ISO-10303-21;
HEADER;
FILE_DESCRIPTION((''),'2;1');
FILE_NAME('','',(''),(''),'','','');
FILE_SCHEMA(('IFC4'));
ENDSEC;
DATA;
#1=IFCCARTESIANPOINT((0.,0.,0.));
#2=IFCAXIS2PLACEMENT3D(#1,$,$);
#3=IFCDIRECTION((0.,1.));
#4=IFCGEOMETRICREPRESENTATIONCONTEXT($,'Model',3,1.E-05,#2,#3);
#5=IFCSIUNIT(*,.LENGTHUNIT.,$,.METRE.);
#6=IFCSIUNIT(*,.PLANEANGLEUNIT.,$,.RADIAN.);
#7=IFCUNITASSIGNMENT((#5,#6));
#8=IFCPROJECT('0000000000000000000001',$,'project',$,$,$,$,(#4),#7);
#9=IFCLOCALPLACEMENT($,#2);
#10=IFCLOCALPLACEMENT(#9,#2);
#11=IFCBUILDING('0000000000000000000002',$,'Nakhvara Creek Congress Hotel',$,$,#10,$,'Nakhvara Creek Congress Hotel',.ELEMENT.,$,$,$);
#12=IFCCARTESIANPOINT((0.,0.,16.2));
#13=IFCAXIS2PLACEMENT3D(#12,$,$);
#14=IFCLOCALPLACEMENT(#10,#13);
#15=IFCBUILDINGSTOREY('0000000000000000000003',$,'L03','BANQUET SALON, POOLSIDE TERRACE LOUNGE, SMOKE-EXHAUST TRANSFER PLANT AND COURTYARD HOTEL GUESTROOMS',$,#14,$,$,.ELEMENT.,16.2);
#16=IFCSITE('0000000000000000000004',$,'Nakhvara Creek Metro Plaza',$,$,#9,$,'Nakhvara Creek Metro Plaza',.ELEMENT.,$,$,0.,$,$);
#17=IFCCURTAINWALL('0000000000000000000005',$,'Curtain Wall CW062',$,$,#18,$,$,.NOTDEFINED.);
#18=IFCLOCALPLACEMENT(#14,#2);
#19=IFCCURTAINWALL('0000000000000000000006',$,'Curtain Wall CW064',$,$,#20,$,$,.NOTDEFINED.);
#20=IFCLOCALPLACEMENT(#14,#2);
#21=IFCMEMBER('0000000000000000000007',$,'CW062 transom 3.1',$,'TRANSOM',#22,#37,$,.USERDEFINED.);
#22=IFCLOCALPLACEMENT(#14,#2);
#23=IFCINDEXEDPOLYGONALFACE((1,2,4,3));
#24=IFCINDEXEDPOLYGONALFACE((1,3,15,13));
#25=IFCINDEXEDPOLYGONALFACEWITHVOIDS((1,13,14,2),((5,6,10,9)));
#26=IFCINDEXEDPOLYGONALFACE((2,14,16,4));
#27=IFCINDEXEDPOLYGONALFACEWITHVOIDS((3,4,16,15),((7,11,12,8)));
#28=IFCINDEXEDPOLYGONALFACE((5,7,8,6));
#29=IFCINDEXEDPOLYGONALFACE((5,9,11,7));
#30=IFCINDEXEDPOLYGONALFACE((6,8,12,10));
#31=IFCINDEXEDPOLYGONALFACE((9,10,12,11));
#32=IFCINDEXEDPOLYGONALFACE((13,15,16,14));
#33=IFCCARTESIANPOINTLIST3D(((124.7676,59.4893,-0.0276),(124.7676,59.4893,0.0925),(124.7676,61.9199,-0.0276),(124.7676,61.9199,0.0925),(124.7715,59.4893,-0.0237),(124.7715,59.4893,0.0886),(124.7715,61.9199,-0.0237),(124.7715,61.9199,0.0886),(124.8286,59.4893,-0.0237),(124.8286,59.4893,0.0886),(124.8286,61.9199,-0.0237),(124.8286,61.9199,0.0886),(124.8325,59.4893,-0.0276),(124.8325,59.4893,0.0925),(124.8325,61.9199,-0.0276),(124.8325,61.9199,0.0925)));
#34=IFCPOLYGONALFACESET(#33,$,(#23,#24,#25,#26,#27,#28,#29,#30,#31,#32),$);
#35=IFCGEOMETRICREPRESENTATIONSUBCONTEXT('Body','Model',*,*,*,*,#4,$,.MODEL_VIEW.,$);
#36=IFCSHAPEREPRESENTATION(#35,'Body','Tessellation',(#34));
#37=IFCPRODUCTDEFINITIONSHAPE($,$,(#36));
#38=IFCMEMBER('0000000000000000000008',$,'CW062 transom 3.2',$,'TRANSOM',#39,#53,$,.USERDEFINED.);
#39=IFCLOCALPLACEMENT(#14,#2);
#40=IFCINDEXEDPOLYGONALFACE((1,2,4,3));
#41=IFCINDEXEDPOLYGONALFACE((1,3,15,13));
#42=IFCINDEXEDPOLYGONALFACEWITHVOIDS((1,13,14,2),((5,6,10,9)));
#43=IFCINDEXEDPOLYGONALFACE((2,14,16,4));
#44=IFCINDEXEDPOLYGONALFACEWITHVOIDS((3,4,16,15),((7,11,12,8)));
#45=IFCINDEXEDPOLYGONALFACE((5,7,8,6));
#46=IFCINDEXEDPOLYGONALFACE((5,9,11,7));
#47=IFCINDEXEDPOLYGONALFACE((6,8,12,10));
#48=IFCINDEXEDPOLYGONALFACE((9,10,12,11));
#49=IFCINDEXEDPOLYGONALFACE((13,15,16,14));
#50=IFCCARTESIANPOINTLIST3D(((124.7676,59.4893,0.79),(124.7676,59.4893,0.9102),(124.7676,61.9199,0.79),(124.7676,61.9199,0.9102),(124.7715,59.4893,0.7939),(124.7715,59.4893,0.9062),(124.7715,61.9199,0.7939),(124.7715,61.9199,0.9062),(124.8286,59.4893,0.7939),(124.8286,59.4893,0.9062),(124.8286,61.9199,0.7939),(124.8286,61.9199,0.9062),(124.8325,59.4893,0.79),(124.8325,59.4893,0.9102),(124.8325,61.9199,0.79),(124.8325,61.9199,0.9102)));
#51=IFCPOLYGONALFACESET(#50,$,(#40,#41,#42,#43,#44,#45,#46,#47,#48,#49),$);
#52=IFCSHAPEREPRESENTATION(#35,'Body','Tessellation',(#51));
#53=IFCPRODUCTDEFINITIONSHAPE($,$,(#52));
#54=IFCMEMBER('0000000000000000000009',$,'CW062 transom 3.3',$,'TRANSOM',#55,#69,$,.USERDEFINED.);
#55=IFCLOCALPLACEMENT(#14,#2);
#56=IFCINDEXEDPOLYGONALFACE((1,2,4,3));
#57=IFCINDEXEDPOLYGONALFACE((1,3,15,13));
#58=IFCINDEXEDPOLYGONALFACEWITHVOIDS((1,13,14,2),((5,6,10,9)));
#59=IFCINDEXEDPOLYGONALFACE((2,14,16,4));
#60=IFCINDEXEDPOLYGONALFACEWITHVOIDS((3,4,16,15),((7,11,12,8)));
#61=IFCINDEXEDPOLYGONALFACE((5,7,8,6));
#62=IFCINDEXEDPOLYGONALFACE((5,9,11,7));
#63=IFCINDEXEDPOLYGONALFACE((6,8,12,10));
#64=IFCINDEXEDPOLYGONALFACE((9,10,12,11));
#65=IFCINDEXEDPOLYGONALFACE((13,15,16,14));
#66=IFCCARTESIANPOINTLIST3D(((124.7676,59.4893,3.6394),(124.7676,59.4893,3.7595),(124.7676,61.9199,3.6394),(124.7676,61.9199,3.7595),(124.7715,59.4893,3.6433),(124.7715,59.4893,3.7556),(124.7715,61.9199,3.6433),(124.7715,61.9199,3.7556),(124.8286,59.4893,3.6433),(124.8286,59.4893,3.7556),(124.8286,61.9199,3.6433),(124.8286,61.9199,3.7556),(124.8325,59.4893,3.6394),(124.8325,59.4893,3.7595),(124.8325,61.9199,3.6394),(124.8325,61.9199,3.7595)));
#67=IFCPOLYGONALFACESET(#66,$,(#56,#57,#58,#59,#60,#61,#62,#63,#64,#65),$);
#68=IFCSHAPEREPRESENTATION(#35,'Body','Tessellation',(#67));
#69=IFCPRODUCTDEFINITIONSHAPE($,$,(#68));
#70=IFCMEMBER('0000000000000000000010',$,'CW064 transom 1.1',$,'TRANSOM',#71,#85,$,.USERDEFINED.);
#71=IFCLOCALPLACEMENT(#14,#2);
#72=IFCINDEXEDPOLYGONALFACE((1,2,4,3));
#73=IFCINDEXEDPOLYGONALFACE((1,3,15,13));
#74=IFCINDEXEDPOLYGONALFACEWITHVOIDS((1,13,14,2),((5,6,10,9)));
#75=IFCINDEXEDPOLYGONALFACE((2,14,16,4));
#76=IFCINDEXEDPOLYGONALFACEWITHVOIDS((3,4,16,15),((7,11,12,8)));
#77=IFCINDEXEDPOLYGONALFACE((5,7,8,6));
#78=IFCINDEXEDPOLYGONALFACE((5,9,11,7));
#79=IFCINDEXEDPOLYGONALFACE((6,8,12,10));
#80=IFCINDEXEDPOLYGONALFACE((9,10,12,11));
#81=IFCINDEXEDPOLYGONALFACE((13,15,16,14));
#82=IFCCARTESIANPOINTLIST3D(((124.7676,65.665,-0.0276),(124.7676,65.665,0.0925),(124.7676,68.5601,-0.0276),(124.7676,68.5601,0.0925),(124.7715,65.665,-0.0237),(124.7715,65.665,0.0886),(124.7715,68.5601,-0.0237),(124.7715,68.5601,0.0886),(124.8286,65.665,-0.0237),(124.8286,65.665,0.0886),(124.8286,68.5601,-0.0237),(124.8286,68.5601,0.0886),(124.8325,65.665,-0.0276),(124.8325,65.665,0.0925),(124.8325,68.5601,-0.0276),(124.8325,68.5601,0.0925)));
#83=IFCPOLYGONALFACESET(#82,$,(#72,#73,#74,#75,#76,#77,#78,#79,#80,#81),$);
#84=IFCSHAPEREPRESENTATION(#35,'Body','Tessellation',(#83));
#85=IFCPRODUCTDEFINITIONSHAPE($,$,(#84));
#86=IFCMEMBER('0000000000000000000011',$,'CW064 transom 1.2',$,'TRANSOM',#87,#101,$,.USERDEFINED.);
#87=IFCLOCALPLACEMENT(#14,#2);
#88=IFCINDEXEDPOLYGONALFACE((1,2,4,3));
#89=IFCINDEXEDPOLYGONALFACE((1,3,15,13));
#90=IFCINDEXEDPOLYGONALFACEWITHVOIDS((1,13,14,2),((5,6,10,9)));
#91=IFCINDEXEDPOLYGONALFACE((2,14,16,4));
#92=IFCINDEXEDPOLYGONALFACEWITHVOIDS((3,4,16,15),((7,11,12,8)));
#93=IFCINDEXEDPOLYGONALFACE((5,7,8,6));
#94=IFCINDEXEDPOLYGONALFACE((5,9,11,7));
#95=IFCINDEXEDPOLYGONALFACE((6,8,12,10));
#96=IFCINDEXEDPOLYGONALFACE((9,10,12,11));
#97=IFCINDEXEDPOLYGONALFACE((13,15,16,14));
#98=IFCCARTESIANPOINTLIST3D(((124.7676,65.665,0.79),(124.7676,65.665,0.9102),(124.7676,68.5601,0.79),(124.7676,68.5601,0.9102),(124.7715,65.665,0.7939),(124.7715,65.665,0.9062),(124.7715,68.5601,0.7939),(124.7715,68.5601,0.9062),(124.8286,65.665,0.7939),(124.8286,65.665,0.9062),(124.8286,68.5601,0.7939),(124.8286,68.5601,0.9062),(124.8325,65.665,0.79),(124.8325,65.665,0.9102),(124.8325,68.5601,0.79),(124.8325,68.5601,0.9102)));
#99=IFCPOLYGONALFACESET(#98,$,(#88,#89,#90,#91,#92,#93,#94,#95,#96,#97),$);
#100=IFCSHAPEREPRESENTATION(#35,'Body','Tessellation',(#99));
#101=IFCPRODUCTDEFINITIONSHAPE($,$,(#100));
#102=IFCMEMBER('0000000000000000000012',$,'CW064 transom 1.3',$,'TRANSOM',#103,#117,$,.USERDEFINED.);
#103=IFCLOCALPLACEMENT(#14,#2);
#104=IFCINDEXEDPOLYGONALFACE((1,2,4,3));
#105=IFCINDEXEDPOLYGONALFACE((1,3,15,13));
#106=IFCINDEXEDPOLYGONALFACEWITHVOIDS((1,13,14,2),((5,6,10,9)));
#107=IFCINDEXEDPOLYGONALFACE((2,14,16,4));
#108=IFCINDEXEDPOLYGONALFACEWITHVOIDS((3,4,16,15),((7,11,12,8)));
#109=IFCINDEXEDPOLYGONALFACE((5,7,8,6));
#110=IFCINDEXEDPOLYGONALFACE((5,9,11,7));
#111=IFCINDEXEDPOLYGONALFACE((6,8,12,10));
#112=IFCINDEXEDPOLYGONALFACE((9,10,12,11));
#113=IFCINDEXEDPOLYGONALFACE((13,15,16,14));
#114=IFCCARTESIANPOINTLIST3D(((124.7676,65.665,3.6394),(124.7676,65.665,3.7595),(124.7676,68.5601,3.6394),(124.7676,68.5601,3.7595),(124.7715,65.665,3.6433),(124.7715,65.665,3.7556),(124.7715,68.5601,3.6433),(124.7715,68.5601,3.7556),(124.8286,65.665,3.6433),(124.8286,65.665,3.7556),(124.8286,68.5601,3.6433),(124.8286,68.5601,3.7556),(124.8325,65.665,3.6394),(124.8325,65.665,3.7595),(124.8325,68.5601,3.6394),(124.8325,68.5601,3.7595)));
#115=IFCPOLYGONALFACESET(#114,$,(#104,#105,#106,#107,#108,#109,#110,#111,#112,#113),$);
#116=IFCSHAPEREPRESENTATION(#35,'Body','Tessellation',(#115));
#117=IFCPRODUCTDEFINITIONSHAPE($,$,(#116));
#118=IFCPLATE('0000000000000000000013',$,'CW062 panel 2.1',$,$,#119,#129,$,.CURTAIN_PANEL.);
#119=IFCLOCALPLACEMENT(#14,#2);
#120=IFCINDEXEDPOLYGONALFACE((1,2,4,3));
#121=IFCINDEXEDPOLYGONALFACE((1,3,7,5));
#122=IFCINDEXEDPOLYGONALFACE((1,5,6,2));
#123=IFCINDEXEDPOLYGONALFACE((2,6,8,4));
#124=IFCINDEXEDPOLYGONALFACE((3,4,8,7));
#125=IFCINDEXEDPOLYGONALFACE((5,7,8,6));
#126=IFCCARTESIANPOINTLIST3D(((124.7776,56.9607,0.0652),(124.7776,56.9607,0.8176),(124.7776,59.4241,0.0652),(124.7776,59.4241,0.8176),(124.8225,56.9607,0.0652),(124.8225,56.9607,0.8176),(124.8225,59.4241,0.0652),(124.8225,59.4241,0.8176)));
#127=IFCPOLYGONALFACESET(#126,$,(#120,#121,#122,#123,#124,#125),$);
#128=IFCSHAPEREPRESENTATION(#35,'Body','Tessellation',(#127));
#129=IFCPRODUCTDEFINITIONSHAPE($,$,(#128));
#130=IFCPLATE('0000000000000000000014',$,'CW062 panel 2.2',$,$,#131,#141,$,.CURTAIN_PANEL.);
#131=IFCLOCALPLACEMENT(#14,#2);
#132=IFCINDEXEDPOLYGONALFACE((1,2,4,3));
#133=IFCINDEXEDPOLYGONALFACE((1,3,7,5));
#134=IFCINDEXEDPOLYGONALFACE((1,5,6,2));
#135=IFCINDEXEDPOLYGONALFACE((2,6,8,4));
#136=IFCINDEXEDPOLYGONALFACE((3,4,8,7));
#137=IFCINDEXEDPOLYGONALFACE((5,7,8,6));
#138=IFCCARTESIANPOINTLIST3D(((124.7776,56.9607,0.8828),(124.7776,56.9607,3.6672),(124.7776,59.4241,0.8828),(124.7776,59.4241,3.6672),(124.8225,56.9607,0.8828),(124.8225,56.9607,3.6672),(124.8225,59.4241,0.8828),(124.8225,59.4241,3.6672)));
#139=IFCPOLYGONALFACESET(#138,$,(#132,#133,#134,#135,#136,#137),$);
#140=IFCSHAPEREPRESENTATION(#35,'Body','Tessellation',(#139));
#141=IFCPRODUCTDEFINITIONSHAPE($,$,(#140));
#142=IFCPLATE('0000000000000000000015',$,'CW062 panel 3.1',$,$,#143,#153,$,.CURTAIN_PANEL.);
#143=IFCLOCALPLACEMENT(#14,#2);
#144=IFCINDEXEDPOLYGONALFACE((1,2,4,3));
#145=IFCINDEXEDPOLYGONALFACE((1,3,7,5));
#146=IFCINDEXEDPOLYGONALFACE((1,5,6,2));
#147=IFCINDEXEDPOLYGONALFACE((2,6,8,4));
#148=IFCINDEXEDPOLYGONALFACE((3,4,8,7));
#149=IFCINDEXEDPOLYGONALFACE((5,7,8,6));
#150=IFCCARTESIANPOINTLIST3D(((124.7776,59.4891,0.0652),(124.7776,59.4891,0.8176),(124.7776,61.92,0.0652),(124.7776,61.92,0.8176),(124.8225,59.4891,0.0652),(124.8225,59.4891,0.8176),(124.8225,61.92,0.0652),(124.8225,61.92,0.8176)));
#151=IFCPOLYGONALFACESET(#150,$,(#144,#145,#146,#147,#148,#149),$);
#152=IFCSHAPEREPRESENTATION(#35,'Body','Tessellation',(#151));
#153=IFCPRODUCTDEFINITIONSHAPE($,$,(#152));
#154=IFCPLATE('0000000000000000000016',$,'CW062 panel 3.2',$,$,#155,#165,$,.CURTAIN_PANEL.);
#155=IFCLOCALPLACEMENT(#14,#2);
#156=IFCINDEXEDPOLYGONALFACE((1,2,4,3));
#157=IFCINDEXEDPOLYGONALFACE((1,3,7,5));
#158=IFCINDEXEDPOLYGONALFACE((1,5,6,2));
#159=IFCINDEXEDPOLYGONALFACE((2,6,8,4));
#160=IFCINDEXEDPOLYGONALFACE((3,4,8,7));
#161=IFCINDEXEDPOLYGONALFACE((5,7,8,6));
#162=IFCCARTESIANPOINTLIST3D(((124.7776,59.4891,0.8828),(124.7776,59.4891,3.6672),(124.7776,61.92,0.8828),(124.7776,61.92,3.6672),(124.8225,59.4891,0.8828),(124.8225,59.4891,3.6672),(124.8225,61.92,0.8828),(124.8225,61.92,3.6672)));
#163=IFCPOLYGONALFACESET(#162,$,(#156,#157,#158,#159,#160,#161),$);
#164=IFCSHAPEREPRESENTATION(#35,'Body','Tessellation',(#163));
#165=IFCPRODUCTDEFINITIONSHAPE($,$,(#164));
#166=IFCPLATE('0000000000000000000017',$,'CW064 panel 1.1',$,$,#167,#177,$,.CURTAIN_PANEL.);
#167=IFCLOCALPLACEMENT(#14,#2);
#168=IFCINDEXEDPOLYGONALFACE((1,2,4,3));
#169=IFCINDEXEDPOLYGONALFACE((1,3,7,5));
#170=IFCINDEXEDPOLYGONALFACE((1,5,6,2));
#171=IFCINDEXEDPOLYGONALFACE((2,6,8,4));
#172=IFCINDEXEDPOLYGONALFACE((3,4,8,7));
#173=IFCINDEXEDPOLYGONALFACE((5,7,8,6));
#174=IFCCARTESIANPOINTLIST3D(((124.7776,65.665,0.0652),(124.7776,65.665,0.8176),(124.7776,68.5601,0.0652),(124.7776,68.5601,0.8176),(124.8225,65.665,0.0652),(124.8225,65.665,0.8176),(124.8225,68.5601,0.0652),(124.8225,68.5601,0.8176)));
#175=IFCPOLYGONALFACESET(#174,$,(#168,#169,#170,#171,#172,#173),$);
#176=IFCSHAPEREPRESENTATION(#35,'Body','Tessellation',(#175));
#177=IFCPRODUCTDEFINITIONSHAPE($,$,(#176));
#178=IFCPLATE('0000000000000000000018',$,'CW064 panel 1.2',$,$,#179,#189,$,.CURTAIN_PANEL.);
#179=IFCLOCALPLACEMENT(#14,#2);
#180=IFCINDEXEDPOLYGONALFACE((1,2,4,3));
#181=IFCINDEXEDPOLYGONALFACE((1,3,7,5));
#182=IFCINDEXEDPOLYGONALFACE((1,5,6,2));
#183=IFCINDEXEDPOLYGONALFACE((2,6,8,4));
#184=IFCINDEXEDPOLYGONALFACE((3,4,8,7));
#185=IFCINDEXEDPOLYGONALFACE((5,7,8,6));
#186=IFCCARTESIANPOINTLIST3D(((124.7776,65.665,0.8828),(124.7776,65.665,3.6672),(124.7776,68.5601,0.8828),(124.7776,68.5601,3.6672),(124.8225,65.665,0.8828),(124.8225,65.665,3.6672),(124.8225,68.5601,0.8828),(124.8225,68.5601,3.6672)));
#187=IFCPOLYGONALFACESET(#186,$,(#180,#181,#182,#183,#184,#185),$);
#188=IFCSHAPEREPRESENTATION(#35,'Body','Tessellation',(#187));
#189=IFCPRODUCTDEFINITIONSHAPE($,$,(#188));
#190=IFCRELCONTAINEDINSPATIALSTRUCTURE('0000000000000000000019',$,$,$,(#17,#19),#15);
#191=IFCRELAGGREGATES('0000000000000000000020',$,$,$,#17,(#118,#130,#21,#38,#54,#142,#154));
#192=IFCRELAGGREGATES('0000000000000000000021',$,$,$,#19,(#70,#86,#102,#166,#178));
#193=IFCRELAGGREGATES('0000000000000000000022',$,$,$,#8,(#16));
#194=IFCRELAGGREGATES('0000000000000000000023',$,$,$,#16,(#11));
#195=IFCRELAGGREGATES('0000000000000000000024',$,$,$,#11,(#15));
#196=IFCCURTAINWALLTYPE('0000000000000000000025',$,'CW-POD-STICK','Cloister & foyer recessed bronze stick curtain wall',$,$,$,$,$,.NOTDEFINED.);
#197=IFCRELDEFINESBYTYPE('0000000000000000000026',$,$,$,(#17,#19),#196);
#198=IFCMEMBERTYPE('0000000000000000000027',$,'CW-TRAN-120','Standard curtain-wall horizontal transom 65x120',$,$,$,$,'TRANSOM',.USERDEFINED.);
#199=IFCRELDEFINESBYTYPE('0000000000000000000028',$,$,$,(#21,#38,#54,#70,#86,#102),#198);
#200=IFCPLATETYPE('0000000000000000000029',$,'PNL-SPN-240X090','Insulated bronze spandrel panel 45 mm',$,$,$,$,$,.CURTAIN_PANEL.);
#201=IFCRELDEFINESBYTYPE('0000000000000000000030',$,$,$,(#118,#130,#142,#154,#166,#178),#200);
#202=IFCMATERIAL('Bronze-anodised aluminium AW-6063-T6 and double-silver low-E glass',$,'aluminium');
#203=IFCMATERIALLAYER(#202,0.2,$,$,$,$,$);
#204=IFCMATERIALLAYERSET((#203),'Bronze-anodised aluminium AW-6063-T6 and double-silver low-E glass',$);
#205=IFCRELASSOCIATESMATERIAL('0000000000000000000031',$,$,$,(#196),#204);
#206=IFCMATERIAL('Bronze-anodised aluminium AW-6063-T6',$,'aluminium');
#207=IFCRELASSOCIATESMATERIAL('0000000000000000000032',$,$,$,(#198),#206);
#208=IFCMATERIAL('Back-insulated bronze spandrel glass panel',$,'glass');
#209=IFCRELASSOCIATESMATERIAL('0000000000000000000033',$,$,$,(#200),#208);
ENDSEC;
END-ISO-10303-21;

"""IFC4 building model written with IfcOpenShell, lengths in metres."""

from ifc_helpers import new_model, si_unit, direction, frame, origin, origin_2d, place, context, subcontext, project, spatial, rectangle, hollow_rectangle, extrude, material, layer, layer_set, material_profile, profile_set, type_object, element, aggregate, save


model = new_model("IFC4")

# Units and contexts
model_context = context("Model", 3, precision=1e-05, world=origin(), true_north=direction((0.0, 1.0)))
body_context = subcontext(model_context, "Body", "Model", "MODEL_VIEW")
ifc_project = project(units=[si_unit("LENGTHUNIT", "METRE"), si_unit("PLANEANGLEUNIT", "RADIAN")], contexts=[model_context])

# Site, building, storey
site_placement = place(None, origin())
site = spatial("IfcSite", under=ifc_project, at=site_placement, Name="Nakhvara Creek Metro Plaza", LongName="Nakhvara Creek Metro Plaza", CompositionType="ELEMENT", RefElevation=0.0)
building_placement = place(site_placement, origin())
building = spatial("IfcBuilding", under=site, at=building_placement, Name="Nakhvara Creek Congress Hotel", LongName="Nakhvara Creek Congress Hotel", CompositionType="ELEMENT")
storey_placement = place(building_placement, frame((0.0, 0.0, 16.2)))
storey = spatial("IfcBuildingStorey", under=building, at=storey_placement, Name="L03", Description="BANQUET SALON, POOLSIDE TERRACE LOUNGE, SMOKE-EXHAUST TRANSFER PLANT AND COURTYARD HOTEL GUESTROOMS", CompositionType="ELEMENT", Elevation=16.2)

# Curtain wall
ifc_material_1 = material(Name="Bronze-anodised aluminium AW-6063-T6 and double-silver low-E glass", Category="aluminium")
ifc_layer = layer(ifc_material_1, 0.2)
ifc_layer_set = layer_set([ifc_layer], Name="Bronze-anodised aluminium AW-6063-T6 and double-silver low-E glass")
curtain_wall_type = type_object("IfcCurtainWallType", Name="CW-POD-STICK", Description="Cloister & foyer recessed bronze stick curtain wall", PredefinedType="NOTDEFINED", material=ifc_layer_set)
curtain_wall_1_placement = place(storey_placement, origin())
curtain_wall_1 = element("IfcCurtainWall", 1, at=curtain_wall_1_placement, inside=storey, type_object=curtain_wall_type, Name="Curtain Wall CW062", PredefinedType="NOTDEFINED")
ifc_material_2 = material(Name="Bronze-anodised aluminium AW-6063-T6", Category="aluminium")

# Curtain wall
curtain_wall_2_placement = place(storey_placement, origin())
curtain_wall_2 = element("IfcCurtainWall", 2, at=curtain_wall_2_placement, inside=storey, type_object=curtain_wall_type, Name="Curtain Wall CW064", PredefinedType="NOTDEFINED")

# Members
ifc_material_profile_1 = material_profile(ifc_material_2, hollow_rectangle(XDim=0.0649, YDim=0.1201, WallThickness=0.0039, at=origin_2d()), Name="ALU-TRAN 65x120x4", Category="LoadBearing")
ifc_profile_set_1 = profile_set([ifc_material_profile_1], Name="Bronze-anodised aluminium AW-6063-T6")
member_type_1 = type_object("IfcMemberType", Name="CW-TRAN-120", Description="Standard curtain-wall horizontal transom 65x120", ElementType="TRANSOM", PredefinedType="USERDEFINED", material=ifc_profile_set_1)
member_1_placement = place(storey_placement, frame((124.8, 59.4893, 0.0325), z_axis=(0.0, 1.0, 0.0), x_axis=(-1.0, 0.0, 0.0)))
member_1 = element("IfcMember", 3, at=member_1_placement, type_object=member_type_1, Name="CW062 transom 3.1", ObjectType="TRANSOM", PredefinedType="USERDEFINED", context=body_context, shape_type="SweptSolid", body=[
    extrude(hollow_rectangle(XDim=0.0649, YDim=0.1201, WallThickness=0.0039, at=origin_2d()), origin(), (0.0, 0.0, 1.0), 2.4307),
])
member_2_placement = place(storey_placement, frame((124.8, 59.4893, 0.8501), z_axis=(0.0, 1.0, 0.0), x_axis=(-1.0, 0.0, 0.0)))
member_2 = element("IfcMember", 4, at=member_2_placement, type_object=member_type_1, Name="CW062 transom 3.2", ObjectType="TRANSOM", PredefinedType="USERDEFINED", context=body_context, shape_type="SweptSolid", body=[
    extrude(hollow_rectangle(XDim=0.0649, YDim=0.1201, WallThickness=0.0039, at=origin_2d()), origin(), (0.0, 0.0, 1.0), 2.4307),
])
member_3_placement = place(storey_placement, frame((124.8, 59.4893, 3.6995), z_axis=(0.0, 1.0, 0.0), x_axis=(-1.0, 0.0, 0.0)))
member_3 = element("IfcMember", 5, at=member_3_placement, type_object=member_type_1, Name="CW062 transom 3.3", ObjectType="TRANSOM", PredefinedType="USERDEFINED", context=body_context, shape_type="SweptSolid", body=[
    extrude(hollow_rectangle(XDim=0.0649, YDim=0.1201, WallThickness=0.0039, at=origin_2d()), origin(), (0.0, 0.0, 1.0), 2.4307),
])
member_4_placement = place(storey_placement, frame((124.8, 65.665, 0.0325), z_axis=(0.0, 1.0, 0.0), x_axis=(-1.0, 0.0, 0.0)))
member_4 = element("IfcMember", 6, at=member_4_placement, type_object=member_type_1, Name="CW064 transom 1.1", ObjectType="TRANSOM", PredefinedType="USERDEFINED", context=body_context, shape_type="SweptSolid", body=[
    extrude(hollow_rectangle(XDim=0.0649, YDim=0.1201, WallThickness=0.0039, at=origin_2d()), origin(), (0.0, 0.0, 1.0), 2.895),
])
member_5_placement = place(storey_placement, frame((124.8, 65.665, 0.8501), z_axis=(0.0, 1.0, 0.0), x_axis=(-1.0, 0.0, 0.0)))
member_5 = element("IfcMember", 7, at=member_5_placement, type_object=member_type_1, Name="CW064 transom 1.2", ObjectType="TRANSOM", PredefinedType="USERDEFINED", context=body_context, shape_type="SweptSolid", body=[
    extrude(hollow_rectangle(XDim=0.0649, YDim=0.1201, WallThickness=0.0039, at=origin_2d()), origin(), (0.0, 0.0, 1.0), 2.895),
])
member_6_placement = place(storey_placement, frame((124.8, 65.665, 3.6995), z_axis=(0.0, 1.0, 0.0), x_axis=(-1.0, 0.0, 0.0)))
member_6 = element("IfcMember", 8, at=member_6_placement, type_object=member_type_1, Name="CW064 transom 1.3", ObjectType="TRANSOM", PredefinedType="USERDEFINED", context=body_context, shape_type="SweptSolid", body=[
    extrude(hollow_rectangle(XDim=0.0649, YDim=0.1201, WallThickness=0.0039, at=origin_2d()), origin(), (0.0, 0.0, 1.0), 2.895),
])

# Plates
ifc_material_3 = material(Name="Back-insulated bronze spandrel glass panel", Category="glass")
plate_type = type_object("IfcPlateType", Name="PNL-SPN-240X090", Description="Insulated bronze spandrel panel 45 mm", PredefinedType="CURTAIN_PANEL", material=ifc_material_3)
plate_1_placement = place(storey_placement, frame((124.8, 58.1924, 0.0652), z_axis=(0.0, 0.0, 1.0), x_axis=(0.0, 1.0, 0.0)))
plate_1 = element("IfcPlate", 9, at=plate_1_placement, type_object=plate_type, Name="CW062 panel 2.1", PredefinedType="CURTAIN_PANEL", context=body_context, shape_type="SweptSolid", body=[
    extrude(rectangle(XDim=2.4634, YDim=0.0449, at=origin_2d()), origin(), (0.0, 0.0, 1.0), 0.7524),
])
plate_2_placement = place(storey_placement, frame((124.8, 58.1924, 0.8828), z_axis=(0.0, 0.0, 1.0), x_axis=(0.0, 1.0, 0.0)))
plate_2 = element("IfcPlate", 10, at=plate_2_placement, type_object=plate_type, Name="CW062 panel 2.2", PredefinedType="CURTAIN_PANEL", context=body_context, shape_type="SweptSolid", body=[
    extrude(rectangle(XDim=2.4634, YDim=0.0449, at=origin_2d()), origin(), (0.0, 0.0, 1.0), 2.7844),
])
plate_3_placement = place(storey_placement, frame((124.8, 60.7046, 0.0652), z_axis=(0.0, 0.0, 1.0), x_axis=(0.0, 1.0, 0.0)))
plate_3 = element("IfcPlate", 11, at=plate_3_placement, type_object=plate_type, Name="CW062 panel 3.1", PredefinedType="CURTAIN_PANEL", context=body_context, shape_type="SweptSolid", body=[
    extrude(rectangle(XDim=2.4309, YDim=0.0449, at=origin_2d()), origin(), (0.0, 0.0, 1.0), 0.7524),
])
plate_4_placement = place(storey_placement, frame((124.8, 60.7046, 0.8828), z_axis=(0.0, 0.0, 1.0), x_axis=(0.0, 1.0, 0.0)))
plate_4 = element("IfcPlate", 12, at=plate_4_placement, type_object=plate_type, Name="CW062 panel 3.2", PredefinedType="CURTAIN_PANEL", context=body_context, shape_type="SweptSolid", body=[
    extrude(rectangle(XDim=2.4309, YDim=0.0449, at=origin_2d()), origin(), (0.0, 0.0, 1.0), 2.7844),
])
aggregate(curtain_wall_1, [plate_1, plate_2, member_1, member_2, member_3, plate_3, plate_4])
plate_5_placement = place(storey_placement, frame((124.8, 67.1125, 0.0652), z_axis=(0.0, 0.0, 1.0), x_axis=(0.0, 1.0, 0.0)))
plate_5 = element("IfcPlate", 13, at=plate_5_placement, type_object=plate_type, Name="CW064 panel 1.1", PredefinedType="CURTAIN_PANEL", context=body_context, shape_type="SweptSolid", body=[
    extrude(rectangle(XDim=2.895, YDim=0.0449, at=origin_2d()), origin(), (0.0, 0.0, 1.0), 0.7524),
])
plate_6_placement = place(storey_placement, frame((124.8, 67.1125, 0.8828), z_axis=(0.0, 0.0, 1.0), x_axis=(0.0, 1.0, 0.0)))
plate_6 = element("IfcPlate", 14, at=plate_6_placement, type_object=plate_type, Name="CW064 panel 1.2", PredefinedType="CURTAIN_PANEL", context=body_context, shape_type="SweptSolid", body=[
    extrude(rectangle(XDim=2.895, YDim=0.0449, at=origin_2d()), origin(), (0.0, 0.0, 1.0), 2.7844),
])
aggregate(curtain_wall_2, [member_4, member_5, member_6, plate_5, plate_6])

save(model, "model.ifc")
